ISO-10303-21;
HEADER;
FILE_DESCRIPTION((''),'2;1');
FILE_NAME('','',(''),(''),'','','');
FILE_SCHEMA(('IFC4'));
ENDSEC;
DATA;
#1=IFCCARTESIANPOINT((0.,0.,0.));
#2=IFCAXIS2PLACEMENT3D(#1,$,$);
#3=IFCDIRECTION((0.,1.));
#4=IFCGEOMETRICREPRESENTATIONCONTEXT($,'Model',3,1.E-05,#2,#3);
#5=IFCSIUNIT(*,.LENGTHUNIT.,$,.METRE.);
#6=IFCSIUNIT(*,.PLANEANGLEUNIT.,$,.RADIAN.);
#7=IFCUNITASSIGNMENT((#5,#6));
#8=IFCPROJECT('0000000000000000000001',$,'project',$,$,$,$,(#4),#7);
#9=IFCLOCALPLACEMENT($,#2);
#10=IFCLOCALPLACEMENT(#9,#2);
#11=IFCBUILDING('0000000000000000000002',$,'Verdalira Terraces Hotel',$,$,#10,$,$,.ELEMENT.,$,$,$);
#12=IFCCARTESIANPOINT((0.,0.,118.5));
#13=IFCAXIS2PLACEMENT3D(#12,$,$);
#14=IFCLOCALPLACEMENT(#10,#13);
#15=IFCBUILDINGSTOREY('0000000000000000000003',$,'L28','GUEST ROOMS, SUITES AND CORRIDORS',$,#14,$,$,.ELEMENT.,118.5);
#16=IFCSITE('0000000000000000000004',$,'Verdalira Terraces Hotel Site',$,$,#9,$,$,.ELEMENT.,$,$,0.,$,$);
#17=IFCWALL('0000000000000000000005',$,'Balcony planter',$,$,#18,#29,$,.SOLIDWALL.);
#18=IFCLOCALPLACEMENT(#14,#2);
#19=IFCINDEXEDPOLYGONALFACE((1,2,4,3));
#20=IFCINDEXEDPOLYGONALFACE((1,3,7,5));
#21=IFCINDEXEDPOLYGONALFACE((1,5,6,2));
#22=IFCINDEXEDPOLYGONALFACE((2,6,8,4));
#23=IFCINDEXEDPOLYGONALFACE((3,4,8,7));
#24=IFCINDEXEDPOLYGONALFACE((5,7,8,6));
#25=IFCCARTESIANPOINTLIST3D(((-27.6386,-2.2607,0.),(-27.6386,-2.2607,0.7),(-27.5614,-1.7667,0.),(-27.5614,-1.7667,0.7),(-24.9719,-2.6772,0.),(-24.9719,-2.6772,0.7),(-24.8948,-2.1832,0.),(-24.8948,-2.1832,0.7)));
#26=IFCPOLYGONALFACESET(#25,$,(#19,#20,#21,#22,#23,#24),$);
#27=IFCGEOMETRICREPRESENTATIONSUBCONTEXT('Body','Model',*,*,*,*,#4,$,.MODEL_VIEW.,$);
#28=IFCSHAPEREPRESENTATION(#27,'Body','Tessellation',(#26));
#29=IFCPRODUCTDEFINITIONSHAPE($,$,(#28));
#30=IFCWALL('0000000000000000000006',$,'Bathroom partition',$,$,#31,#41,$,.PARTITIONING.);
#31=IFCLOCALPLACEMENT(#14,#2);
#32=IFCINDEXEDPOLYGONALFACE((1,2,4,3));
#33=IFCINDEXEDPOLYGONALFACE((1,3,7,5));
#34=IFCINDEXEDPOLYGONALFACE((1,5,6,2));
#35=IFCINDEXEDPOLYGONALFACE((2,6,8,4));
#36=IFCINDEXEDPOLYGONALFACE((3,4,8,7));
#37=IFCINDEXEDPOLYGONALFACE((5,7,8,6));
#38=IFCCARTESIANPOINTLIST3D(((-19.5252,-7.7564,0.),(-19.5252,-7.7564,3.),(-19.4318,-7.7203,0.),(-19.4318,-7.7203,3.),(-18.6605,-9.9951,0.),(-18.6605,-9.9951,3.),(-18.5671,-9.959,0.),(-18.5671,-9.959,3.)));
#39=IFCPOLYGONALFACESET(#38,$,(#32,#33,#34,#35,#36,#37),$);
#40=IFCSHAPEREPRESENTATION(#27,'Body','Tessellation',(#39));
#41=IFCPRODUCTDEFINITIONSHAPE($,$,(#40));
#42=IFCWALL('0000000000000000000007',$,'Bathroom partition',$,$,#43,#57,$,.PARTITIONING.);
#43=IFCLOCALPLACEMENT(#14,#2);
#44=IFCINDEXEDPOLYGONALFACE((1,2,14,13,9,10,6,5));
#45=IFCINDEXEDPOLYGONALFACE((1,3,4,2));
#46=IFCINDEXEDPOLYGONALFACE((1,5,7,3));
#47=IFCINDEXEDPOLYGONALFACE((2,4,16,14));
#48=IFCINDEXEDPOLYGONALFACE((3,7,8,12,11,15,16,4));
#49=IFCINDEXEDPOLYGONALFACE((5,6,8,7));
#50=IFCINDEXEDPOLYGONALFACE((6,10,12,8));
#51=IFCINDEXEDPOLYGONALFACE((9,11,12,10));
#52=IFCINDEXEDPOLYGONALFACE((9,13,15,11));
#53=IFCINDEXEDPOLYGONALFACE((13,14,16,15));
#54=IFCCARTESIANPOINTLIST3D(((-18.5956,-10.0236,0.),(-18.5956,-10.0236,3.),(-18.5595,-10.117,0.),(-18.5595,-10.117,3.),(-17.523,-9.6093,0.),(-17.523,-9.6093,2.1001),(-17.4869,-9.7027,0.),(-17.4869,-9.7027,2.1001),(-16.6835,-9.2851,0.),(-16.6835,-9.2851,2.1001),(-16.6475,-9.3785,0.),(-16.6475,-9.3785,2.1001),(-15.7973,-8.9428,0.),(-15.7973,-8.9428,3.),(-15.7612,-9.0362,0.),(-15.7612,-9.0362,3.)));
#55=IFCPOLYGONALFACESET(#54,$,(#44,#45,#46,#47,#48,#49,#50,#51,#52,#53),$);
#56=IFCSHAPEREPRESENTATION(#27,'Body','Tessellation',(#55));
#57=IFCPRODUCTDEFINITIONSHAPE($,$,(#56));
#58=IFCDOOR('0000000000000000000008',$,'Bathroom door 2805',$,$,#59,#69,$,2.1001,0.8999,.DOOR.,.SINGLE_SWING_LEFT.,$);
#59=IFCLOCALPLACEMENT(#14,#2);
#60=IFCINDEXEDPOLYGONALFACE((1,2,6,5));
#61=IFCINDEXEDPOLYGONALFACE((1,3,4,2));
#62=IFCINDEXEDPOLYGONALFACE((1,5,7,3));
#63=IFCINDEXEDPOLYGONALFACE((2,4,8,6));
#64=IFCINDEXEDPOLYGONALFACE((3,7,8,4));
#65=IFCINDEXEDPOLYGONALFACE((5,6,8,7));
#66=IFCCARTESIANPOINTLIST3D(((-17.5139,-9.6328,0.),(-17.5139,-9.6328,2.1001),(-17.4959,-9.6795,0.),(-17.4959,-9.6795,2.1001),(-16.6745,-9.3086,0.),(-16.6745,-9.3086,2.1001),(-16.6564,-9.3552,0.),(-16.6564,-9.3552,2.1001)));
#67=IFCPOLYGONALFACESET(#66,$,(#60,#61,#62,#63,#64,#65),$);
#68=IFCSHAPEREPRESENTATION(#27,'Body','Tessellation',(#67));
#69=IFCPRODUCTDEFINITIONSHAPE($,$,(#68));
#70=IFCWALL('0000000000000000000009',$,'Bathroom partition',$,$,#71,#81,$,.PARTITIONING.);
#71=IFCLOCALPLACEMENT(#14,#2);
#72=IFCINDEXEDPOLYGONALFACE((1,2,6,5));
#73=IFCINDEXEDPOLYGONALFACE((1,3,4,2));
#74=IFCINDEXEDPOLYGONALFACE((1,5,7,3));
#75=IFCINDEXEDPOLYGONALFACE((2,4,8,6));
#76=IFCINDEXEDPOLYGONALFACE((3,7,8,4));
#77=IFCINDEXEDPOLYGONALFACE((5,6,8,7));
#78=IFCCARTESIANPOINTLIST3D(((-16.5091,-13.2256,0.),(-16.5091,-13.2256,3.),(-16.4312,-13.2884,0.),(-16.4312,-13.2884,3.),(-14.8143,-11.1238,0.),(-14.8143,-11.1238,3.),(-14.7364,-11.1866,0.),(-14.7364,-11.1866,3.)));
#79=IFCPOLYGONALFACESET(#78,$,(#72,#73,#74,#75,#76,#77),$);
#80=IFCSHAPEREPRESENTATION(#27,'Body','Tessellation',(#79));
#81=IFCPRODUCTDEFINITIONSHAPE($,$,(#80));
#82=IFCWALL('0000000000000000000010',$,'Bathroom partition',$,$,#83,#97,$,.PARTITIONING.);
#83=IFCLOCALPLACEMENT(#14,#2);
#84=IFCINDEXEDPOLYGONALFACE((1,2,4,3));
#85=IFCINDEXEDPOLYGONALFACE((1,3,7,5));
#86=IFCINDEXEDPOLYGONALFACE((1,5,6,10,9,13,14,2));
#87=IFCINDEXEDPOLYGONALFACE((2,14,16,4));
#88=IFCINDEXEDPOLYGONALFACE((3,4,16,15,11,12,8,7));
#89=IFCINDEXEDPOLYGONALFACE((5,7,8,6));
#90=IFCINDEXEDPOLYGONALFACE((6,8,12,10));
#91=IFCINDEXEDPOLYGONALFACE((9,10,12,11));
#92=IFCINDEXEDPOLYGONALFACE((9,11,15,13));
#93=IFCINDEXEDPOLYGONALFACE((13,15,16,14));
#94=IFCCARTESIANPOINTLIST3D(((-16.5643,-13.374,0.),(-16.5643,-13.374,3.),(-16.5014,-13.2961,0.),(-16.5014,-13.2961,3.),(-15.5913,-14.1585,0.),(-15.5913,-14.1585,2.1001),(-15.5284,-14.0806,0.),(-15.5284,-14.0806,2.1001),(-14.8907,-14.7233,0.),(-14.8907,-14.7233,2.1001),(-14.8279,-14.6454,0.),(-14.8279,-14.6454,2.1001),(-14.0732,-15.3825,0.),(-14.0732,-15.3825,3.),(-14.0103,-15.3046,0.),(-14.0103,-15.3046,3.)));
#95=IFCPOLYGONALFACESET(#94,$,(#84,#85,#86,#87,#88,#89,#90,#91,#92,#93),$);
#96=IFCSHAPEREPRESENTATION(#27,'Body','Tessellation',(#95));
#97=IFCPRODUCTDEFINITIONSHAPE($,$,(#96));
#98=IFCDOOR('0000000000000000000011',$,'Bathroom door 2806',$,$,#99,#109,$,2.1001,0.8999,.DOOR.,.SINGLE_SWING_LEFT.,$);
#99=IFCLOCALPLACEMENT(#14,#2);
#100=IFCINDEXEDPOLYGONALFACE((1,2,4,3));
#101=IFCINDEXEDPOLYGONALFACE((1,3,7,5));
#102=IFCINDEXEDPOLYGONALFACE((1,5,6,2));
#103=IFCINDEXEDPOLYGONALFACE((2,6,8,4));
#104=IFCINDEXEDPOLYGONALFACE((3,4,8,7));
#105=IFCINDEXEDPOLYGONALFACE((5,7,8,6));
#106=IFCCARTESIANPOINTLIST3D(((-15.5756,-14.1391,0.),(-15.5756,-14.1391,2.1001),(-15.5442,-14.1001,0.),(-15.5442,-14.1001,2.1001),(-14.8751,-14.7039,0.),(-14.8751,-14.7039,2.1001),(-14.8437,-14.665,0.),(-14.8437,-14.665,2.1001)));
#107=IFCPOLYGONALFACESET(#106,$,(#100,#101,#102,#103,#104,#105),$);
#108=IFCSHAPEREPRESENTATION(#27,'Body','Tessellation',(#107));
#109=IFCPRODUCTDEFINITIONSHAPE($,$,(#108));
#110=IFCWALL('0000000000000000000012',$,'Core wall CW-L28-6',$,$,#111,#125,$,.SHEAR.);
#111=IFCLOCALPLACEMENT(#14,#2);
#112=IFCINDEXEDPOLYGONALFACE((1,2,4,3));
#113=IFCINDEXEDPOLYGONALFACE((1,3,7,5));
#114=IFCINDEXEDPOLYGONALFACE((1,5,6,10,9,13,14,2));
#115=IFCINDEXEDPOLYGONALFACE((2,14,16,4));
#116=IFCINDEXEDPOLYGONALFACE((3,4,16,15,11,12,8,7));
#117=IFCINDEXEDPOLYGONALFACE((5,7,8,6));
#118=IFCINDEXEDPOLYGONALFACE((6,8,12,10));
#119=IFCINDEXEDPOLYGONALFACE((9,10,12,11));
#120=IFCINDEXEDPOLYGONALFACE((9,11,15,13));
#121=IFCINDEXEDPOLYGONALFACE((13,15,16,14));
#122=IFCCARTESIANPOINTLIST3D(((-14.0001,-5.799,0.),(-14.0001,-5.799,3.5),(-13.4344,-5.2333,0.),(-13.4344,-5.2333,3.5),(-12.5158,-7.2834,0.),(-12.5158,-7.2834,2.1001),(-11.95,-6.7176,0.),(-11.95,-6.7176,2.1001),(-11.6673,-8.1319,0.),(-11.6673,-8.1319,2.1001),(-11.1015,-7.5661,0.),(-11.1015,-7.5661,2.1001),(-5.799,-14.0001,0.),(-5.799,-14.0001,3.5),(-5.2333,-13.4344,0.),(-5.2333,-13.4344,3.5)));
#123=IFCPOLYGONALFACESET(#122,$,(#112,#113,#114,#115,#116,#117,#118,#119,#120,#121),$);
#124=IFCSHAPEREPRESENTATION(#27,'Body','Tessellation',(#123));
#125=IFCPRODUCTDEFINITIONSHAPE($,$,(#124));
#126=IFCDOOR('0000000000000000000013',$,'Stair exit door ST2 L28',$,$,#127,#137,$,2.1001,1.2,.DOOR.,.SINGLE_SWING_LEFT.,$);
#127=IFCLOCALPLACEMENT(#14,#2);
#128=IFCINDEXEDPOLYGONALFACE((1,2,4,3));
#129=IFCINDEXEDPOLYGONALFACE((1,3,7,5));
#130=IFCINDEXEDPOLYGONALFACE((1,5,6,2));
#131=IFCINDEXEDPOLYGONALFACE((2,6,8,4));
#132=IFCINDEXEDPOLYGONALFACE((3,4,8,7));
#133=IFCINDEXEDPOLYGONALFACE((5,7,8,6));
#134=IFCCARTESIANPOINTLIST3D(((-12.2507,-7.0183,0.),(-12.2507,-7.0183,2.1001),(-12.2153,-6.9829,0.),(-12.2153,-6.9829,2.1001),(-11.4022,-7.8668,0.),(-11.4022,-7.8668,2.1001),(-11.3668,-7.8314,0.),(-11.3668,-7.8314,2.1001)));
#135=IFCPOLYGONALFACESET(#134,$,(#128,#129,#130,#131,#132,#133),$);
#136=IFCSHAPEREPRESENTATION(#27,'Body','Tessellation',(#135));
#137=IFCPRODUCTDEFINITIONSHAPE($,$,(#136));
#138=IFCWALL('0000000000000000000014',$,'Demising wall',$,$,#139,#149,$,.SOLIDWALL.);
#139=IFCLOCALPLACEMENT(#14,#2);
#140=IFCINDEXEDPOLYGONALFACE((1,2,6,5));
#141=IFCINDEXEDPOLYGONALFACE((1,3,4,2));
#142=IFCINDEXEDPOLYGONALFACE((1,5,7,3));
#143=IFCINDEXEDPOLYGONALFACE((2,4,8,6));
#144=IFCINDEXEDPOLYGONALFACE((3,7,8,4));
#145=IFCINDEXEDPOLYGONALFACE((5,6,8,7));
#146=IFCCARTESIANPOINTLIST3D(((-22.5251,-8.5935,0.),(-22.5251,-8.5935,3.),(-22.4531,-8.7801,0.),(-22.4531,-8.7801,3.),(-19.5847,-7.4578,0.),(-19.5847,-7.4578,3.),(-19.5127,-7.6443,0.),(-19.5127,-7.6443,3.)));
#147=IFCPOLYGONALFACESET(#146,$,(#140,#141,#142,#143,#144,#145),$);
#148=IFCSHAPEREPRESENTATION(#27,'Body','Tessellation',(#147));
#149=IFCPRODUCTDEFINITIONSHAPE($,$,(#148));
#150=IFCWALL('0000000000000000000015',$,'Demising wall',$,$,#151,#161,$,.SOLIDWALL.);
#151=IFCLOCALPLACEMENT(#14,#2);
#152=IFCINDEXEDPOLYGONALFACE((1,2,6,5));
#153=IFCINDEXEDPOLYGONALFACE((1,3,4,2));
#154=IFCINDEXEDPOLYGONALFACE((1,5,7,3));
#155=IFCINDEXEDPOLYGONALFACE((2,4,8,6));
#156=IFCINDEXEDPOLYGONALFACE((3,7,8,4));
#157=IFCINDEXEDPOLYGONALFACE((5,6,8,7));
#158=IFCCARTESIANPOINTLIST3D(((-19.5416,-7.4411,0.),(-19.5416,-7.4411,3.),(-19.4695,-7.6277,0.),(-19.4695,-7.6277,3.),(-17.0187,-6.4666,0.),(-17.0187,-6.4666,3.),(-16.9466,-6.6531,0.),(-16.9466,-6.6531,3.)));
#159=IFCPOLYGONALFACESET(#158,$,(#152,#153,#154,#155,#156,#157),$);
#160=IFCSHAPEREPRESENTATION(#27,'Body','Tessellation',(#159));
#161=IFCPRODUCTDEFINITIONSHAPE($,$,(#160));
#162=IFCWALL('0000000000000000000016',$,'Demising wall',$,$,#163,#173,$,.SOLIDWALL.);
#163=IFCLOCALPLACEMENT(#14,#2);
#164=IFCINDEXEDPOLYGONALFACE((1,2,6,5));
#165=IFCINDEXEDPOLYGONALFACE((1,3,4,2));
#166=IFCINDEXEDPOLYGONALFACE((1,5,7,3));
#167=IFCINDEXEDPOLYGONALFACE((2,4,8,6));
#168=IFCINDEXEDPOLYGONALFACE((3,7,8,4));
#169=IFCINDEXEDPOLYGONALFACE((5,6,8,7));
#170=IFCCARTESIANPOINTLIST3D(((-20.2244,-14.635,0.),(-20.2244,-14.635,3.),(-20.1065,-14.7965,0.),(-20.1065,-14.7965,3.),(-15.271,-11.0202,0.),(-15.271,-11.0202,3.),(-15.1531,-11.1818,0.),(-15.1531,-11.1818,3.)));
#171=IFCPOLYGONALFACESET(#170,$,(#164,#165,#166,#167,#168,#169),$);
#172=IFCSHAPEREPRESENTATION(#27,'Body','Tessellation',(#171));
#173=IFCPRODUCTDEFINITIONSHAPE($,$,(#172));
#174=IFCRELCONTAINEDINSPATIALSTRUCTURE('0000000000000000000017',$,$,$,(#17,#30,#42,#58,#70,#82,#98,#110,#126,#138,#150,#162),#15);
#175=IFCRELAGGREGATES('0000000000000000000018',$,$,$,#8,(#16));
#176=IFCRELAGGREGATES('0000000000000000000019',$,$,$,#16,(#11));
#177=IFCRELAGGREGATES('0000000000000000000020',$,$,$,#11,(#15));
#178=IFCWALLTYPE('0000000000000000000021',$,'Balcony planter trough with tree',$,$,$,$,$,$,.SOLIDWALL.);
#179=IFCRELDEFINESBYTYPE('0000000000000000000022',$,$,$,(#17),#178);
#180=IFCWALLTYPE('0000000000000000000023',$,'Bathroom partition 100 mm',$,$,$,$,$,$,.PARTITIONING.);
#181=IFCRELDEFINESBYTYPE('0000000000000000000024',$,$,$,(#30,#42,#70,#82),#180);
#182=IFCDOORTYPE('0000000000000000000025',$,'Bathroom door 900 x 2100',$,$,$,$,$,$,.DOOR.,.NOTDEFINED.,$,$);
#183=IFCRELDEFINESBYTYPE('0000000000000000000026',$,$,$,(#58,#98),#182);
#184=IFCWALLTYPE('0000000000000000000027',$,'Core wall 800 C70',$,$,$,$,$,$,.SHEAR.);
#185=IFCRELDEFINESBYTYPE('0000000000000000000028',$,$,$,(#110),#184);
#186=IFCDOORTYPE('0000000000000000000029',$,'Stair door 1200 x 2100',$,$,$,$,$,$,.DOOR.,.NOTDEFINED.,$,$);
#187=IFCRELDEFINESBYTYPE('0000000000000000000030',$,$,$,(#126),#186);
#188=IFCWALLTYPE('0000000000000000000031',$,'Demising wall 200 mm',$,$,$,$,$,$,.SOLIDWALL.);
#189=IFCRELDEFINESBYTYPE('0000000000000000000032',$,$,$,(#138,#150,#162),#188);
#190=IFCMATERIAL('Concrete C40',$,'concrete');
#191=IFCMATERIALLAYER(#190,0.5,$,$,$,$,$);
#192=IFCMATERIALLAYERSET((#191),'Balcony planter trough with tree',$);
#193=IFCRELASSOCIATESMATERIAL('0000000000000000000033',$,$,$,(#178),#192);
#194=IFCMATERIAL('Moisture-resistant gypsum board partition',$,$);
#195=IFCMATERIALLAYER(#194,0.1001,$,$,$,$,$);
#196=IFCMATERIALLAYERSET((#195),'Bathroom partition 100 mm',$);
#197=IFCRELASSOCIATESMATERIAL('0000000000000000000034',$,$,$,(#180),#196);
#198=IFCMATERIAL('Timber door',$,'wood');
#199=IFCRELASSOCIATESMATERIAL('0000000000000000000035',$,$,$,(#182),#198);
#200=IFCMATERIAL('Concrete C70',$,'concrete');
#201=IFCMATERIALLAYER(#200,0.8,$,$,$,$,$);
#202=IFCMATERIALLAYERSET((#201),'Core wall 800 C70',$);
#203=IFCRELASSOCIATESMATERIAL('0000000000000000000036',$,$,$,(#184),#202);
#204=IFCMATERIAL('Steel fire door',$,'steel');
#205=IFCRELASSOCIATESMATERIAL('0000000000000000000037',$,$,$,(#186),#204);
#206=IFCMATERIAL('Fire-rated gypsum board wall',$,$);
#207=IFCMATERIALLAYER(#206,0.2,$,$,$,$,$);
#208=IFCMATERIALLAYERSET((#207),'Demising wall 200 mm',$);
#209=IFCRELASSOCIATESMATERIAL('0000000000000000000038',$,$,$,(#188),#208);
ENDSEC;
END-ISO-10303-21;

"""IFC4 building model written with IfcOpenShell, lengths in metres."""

from ifc_helpers import new_model, si_unit, direction, frame, frame_2d, origin, place, context, subcontext, project, spatial, rectangle, extrude, material, layer, layer_set, type_object, element, fill, save


model = new_model("IFC4")

# Units and contexts
model_context = context("Model", 3, precision=1e-05, world=origin(), true_north=direction((0.0, 1.0)))
body_context = subcontext(model_context, "Body", "Model", "MODEL_VIEW")
ifc_project = project(units=[si_unit("LENGTHUNIT", "METRE"), si_unit("PLANEANGLEUNIT", "RADIAN")], contexts=[model_context])

# Site, building, storey
site_placement = place(None, origin())
site = spatial("IfcSite", under=ifc_project, at=site_placement, Name="Verdalira Terraces Hotel Site", CompositionType="ELEMENT", RefElevation=0.0)
building_placement = place(site_placement, origin())
building = spatial("IfcBuilding", under=site, at=building_placement, Name="Verdalira Terraces Hotel", CompositionType="ELEMENT")
storey_placement = place(building_placement, frame((0.0, 0.0, 118.5)))
storey = spatial("IfcBuildingStorey", under=building, at=storey_placement, Name="L28", Description="GUEST ROOMS, SUITES AND CORRIDORS", CompositionType="ELEMENT", Elevation=118.5)

# Walls
ifc_material_1 = material(Name="Concrete C40", Category="concrete")
ifc_layer_1 = layer(ifc_material_1, 0.5)
ifc_layer_set_1 = layer_set([ifc_layer_1], Name="Balcony planter trough with tree")
wall_type_1 = type_object("IfcWallType", Name="Balcony planter trough with tree", PredefinedType="SOLIDWALL", material=ifc_layer_set_1)
wall_1_placement = place(storey_placement, frame((-27.6001, -2.0137, 0.0), z_axis=(0.0, 0.0, 1.0), x_axis=(0.988022, -0.154313, 0.0)))
element("IfcWall", 1, at=wall_1_placement, inside=storey, type_object=wall_type_1, Name="Balcony planter", PredefinedType="SOLIDWALL", context=body_context, shape_type="SweptSolid", body=[
    extrude(rectangle(XDim=2.699, YDim=0.5, at=frame_2d((1.3496, 0.0))), origin(), (0.0, 0.0, 1.0), 0.7),
])
ifc_material_2 = material(Name="Moisture-resistant gypsum board partition")
ifc_layer_2 = layer(ifc_material_2, 0.1001)
ifc_layer_set_2 = layer_set([ifc_layer_2], Name="Bathroom partition 100 mm")
wall_type_2 = type_object("IfcWallType", Name="Bathroom partition 100 mm", PredefinedType="PARTITIONING", material=ifc_layer_set_2)
wall_2_placement = place(storey_placement, frame((-18.6138, -9.9771, 0.0), z_axis=(0.0, 0.0, 1.0), x_axis=(-0.360315, 0.932831, 0.0)))
element("IfcWall", 2, at=wall_2_placement, inside=storey, type_object=wall_type_2, Name="Bathroom partition", PredefinedType="PARTITIONING", context=body_context, shape_type="SweptSolid", body=[
    extrude(rectangle(XDim=2.3999, YDim=0.1001, at=frame_2d((1.2, 0.0))), origin(), (0.0, 0.0, 1.0), 3.0),
])

# Wall, opening, door
wall_3_placement = place(storey_placement, frame((-18.5776, -10.0703, 0.0), z_axis=(0.0, 0.0, 1.0), x_axis=(0.932839, 0.360293, 0.0)))
wall_3 = element("IfcWall", 3, at=wall_3_placement, inside=storey, type_object=wall_type_2, Name="Bathroom partition", PredefinedType="PARTITIONING", context=body_context, shape_type="SweptSolid", body=[
    extrude(rectangle(XDim=2.9998, YDim=0.1001, at=frame_2d((1.5, 0.0))), origin(), (0.0, 0.0, 1.0), 3.0),
])
opening_1_placement = place(wall_3_placement, frame((1.1499, 0.0, 0.0)))
opening_1 = element("IfcOpeningElement", 4, at=opening_1_placement, cuts=wall_3, PredefinedType="OPENING", context=body_context, shape_type="SweptSolid", body=[
    extrude(rectangle(XDim=0.8999, YDim=2.1001, at=frame_2d((0.45, 1.05))), frame((0.0, 0.0601, 0.0), z_axis=(0.0, -1.0, 0.0), x_axis=(1.0, 0.0, 0.0)), (0.0, 0.0, 1.0), 0.1201),
])
ifc_material_3 = material(Name="Timber door", Category="wood")
door_type_1 = type_object("IfcDoorType", Name="Bathroom door 900 x 2100", OperationType="NOTDEFINED", PredefinedType="DOOR", material=ifc_material_3)
door_1_placement = place(opening_1_placement, origin())
door_1 = element("IfcDoor", 5, at=door_1_placement, inside=storey, type_object=door_type_1, Name="Bathroom door 2805", OperationType="SINGLE_SWING_LEFT", OverallHeight=2.1001, OverallWidth=0.8999, PredefinedType="DOOR", context=body_context, shape_type="SweptSolid", body=[
    extrude(rectangle(XDim=0.8999, YDim=2.1001, at=frame_2d((0.45, 1.05))), frame((0.0, 0.0249, 0.0), z_axis=(0.0, -1.0, 0.0), x_axis=(1.0, 0.0, 0.0)), (0.0, 0.0, 1.0), 0.05),
])
fill(opening_1, door_1)

# Wall
wall_4_placement = place(storey_placement, frame((-16.4702, -13.2571, 0.0), z_axis=(0.0, 0.0, 1.0), x_axis=(0.627712, 0.778446, 0.0)))
element("IfcWall", 6, at=wall_4_placement, inside=storey, type_object=wall_type_2, Name="Bathroom partition", PredefinedType="PARTITIONING", context=body_context, shape_type="SweptSolid", body=[
    extrude(rectangle(XDim=2.7, YDim=0.1001, at=frame_2d((1.3501, 0.0))), origin(), (0.0, 0.0, 1.0), 3.0),
])

# Walls, openings, doors
wall_5_placement = place(storey_placement, frame((-16.533, -13.335, 0.0), z_axis=(0.0, 0.0, 1.0), x_axis=(0.778489, -0.627659, 0.0)))
wall_5 = element("IfcWall", 7, at=wall_5_placement, inside=storey, type_object=wall_type_2, Name="Bathroom partition", PredefinedType="PARTITIONING", context=body_context, shape_type="SweptSolid", body=[
    extrude(rectangle(XDim=3.2, YDim=0.1001, at=frame_2d((1.6001, 0.0))), origin(), (0.0, 0.0, 1.0), 3.0),
])
opening_2_placement = place(wall_5_placement, frame((1.25, 0.0, 0.0)))
opening_2 = element("IfcOpeningElement", 8, at=opening_2_placement, cuts=wall_5, PredefinedType="OPENING", context=body_context, shape_type="SweptSolid", body=[
    extrude(rectangle(XDim=0.8999, YDim=2.1001, at=frame_2d((0.45, 1.05))), frame((0.0, 0.0601, 0.0), z_axis=(0.0, -1.0, 0.0), x_axis=(1.0, 0.0, 0.0)), (0.0, 0.0, 1.0), 0.1201),
])
door_2_placement = place(opening_2_placement, origin())
door_2 = element("IfcDoor", 9, at=door_2_placement, inside=storey, type_object=door_type_1, Name="Bathroom door 2806", OperationType="SINGLE_SWING_LEFT", OverallHeight=2.1001, OverallWidth=0.8999, PredefinedType="DOOR", context=body_context, shape_type="SweptSolid", body=[
    extrude(rectangle(XDim=0.8999, YDim=2.1001, at=frame_2d((0.45, 1.05))), frame((0.0, 0.0249, 0.0), z_axis=(0.0, -1.0, 0.0), x_axis=(1.0, 0.0, 0.0)), (0.0, 0.0, 1.0), 0.05),
])
fill(opening_2, door_2)
ifc_material_4 = material(Name="Concrete C70", Category="concrete")
ifc_layer_3 = layer(ifc_material_4, 0.8)
ifc_layer_set_3 = layer_set([ifc_layer_3], Name="Core wall 800 C70")
wall_type_3 = type_object("IfcWallType", Name="Core wall 800 C70", PredefinedType="SHEAR", material=ifc_layer_set_3)
wall_6_placement = place(storey_placement, frame((-13.7173, -5.5161, 0.0), z_axis=(0.0, 0.0, 1.0), x_axis=(0.707107, -0.707107, 0.0)))
wall_6 = element("IfcWall", 10, at=wall_6_placement, inside=storey, type_object=wall_type_3, Name="Core wall CW-L28-6", PredefinedType="SHEAR", context=body_context, shape_type="SweptSolid", body=[
    extrude(rectangle(XDim=11.5981, YDim=0.8, at=frame_2d((5.7991, 0.0))), origin(), (0.0, 0.0, 1.0), 3.5),
])
opening_3_placement = place(wall_6_placement, frame((2.0991, 0.0, 0.0)))
opening_3 = element("IfcOpeningElement", 11, at=opening_3_placement, cuts=wall_6, PredefinedType="OPENING", context=body_context, shape_type="SweptSolid", body=[
    extrude(rectangle(XDim=1.2, YDim=2.1001, at=frame_2d((0.6001, 1.05))), frame((0.0, 0.4099, 0.0), z_axis=(0.0, -1.0, 0.0), x_axis=(1.0, 0.0, 0.0)), (0.0, 0.0, 1.0), 0.8201),
])
ifc_material_5 = material(Name="Steel fire door", Category="steel")
door_type_2 = type_object("IfcDoorType", Name="Stair door 1200 x 2100", OperationType="NOTDEFINED", PredefinedType="DOOR", material=ifc_material_5)
door_3_placement = place(opening_3_placement, origin())
door_3 = element("IfcDoor", 12, at=door_3_placement, inside=storey, type_object=door_type_2, Name="Stair exit door ST2 L28", OperationType="SINGLE_SWING_LEFT", OverallHeight=2.1001, OverallWidth=1.2, PredefinedType="DOOR", context=body_context, shape_type="SweptSolid", body=[
    extrude(rectangle(XDim=1.2, YDim=2.1001, at=frame_2d((0.6001, 1.05))), frame((0.0, 0.0249, 0.0), z_axis=(0.0, -1.0, 0.0), x_axis=(1.0, 0.0, 0.0)), (0.0, 0.0, 1.0), 0.05),
])
fill(opening_3, door_3)

# Walls
ifc_material_6 = material(Name="Fire-rated gypsum board wall")
ifc_layer_4 = layer(ifc_material_6, 0.2)
ifc_layer_set_4 = layer_set([ifc_layer_4], Name="Demising wall 200 mm")
wall_type_4 = type_object("IfcWallType", Name="Demising wall 200 mm", PredefinedType="SOLIDWALL", material=ifc_layer_set_4)
wall_7_placement = place(storey_placement, frame((-19.5486, -7.551, 0.0), z_axis=(0.0, 0.0, 1.0), x_axis=(-0.932834, -0.360307, 0.0)))
element("IfcWall", 13, at=wall_7_placement, inside=storey, type_object=wall_type_4, Name="Demising wall", PredefinedType="SOLIDWALL", context=body_context, shape_type="SweptSolid", body=[
    extrude(rectangle(XDim=3.1521, YDim=0.2, at=frame_2d((1.5762, 0.0))), origin(), (0.0, 0.0, 1.0), 3.0),
])
wall_8_placement = place(storey_placement, frame((-16.9827, -6.5598, 0.0), z_axis=(0.0, 0.0, 1.0), x_axis=(-0.932819, -0.360346, 0.0)))
element("IfcWall", 14, at=wall_8_placement, inside=storey, type_object=wall_type_4, Name="Demising wall", PredefinedType="SOLIDWALL", context=body_context, shape_type="SweptSolid", body=[
    extrude(rectangle(XDim=2.7046, YDim=0.2, at=frame_2d((1.3523, 0.0))), origin(), (0.0, 0.0, 1.0), 3.0),
])
wall_9_placement = place(storey_placement, frame((-15.2122, -11.1011, 0.0), z_axis=(0.0, 0.0, 1.0), x_axis=(-0.807781, -0.589482, 0.0)))
element("IfcWall", 15, at=wall_9_placement, inside=storey, type_object=wall_type_4, Name="Demising wall", PredefinedType="SOLIDWALL", context=body_context, shape_type="SweptSolid", body=[
    extrude(rectangle(XDim=6.1321, YDim=0.2, at=frame_2d((3.0659, 0.0))), origin(), (0.0, 0.0, 1.0), 3.0),
])

save(model, "model.ifc")
